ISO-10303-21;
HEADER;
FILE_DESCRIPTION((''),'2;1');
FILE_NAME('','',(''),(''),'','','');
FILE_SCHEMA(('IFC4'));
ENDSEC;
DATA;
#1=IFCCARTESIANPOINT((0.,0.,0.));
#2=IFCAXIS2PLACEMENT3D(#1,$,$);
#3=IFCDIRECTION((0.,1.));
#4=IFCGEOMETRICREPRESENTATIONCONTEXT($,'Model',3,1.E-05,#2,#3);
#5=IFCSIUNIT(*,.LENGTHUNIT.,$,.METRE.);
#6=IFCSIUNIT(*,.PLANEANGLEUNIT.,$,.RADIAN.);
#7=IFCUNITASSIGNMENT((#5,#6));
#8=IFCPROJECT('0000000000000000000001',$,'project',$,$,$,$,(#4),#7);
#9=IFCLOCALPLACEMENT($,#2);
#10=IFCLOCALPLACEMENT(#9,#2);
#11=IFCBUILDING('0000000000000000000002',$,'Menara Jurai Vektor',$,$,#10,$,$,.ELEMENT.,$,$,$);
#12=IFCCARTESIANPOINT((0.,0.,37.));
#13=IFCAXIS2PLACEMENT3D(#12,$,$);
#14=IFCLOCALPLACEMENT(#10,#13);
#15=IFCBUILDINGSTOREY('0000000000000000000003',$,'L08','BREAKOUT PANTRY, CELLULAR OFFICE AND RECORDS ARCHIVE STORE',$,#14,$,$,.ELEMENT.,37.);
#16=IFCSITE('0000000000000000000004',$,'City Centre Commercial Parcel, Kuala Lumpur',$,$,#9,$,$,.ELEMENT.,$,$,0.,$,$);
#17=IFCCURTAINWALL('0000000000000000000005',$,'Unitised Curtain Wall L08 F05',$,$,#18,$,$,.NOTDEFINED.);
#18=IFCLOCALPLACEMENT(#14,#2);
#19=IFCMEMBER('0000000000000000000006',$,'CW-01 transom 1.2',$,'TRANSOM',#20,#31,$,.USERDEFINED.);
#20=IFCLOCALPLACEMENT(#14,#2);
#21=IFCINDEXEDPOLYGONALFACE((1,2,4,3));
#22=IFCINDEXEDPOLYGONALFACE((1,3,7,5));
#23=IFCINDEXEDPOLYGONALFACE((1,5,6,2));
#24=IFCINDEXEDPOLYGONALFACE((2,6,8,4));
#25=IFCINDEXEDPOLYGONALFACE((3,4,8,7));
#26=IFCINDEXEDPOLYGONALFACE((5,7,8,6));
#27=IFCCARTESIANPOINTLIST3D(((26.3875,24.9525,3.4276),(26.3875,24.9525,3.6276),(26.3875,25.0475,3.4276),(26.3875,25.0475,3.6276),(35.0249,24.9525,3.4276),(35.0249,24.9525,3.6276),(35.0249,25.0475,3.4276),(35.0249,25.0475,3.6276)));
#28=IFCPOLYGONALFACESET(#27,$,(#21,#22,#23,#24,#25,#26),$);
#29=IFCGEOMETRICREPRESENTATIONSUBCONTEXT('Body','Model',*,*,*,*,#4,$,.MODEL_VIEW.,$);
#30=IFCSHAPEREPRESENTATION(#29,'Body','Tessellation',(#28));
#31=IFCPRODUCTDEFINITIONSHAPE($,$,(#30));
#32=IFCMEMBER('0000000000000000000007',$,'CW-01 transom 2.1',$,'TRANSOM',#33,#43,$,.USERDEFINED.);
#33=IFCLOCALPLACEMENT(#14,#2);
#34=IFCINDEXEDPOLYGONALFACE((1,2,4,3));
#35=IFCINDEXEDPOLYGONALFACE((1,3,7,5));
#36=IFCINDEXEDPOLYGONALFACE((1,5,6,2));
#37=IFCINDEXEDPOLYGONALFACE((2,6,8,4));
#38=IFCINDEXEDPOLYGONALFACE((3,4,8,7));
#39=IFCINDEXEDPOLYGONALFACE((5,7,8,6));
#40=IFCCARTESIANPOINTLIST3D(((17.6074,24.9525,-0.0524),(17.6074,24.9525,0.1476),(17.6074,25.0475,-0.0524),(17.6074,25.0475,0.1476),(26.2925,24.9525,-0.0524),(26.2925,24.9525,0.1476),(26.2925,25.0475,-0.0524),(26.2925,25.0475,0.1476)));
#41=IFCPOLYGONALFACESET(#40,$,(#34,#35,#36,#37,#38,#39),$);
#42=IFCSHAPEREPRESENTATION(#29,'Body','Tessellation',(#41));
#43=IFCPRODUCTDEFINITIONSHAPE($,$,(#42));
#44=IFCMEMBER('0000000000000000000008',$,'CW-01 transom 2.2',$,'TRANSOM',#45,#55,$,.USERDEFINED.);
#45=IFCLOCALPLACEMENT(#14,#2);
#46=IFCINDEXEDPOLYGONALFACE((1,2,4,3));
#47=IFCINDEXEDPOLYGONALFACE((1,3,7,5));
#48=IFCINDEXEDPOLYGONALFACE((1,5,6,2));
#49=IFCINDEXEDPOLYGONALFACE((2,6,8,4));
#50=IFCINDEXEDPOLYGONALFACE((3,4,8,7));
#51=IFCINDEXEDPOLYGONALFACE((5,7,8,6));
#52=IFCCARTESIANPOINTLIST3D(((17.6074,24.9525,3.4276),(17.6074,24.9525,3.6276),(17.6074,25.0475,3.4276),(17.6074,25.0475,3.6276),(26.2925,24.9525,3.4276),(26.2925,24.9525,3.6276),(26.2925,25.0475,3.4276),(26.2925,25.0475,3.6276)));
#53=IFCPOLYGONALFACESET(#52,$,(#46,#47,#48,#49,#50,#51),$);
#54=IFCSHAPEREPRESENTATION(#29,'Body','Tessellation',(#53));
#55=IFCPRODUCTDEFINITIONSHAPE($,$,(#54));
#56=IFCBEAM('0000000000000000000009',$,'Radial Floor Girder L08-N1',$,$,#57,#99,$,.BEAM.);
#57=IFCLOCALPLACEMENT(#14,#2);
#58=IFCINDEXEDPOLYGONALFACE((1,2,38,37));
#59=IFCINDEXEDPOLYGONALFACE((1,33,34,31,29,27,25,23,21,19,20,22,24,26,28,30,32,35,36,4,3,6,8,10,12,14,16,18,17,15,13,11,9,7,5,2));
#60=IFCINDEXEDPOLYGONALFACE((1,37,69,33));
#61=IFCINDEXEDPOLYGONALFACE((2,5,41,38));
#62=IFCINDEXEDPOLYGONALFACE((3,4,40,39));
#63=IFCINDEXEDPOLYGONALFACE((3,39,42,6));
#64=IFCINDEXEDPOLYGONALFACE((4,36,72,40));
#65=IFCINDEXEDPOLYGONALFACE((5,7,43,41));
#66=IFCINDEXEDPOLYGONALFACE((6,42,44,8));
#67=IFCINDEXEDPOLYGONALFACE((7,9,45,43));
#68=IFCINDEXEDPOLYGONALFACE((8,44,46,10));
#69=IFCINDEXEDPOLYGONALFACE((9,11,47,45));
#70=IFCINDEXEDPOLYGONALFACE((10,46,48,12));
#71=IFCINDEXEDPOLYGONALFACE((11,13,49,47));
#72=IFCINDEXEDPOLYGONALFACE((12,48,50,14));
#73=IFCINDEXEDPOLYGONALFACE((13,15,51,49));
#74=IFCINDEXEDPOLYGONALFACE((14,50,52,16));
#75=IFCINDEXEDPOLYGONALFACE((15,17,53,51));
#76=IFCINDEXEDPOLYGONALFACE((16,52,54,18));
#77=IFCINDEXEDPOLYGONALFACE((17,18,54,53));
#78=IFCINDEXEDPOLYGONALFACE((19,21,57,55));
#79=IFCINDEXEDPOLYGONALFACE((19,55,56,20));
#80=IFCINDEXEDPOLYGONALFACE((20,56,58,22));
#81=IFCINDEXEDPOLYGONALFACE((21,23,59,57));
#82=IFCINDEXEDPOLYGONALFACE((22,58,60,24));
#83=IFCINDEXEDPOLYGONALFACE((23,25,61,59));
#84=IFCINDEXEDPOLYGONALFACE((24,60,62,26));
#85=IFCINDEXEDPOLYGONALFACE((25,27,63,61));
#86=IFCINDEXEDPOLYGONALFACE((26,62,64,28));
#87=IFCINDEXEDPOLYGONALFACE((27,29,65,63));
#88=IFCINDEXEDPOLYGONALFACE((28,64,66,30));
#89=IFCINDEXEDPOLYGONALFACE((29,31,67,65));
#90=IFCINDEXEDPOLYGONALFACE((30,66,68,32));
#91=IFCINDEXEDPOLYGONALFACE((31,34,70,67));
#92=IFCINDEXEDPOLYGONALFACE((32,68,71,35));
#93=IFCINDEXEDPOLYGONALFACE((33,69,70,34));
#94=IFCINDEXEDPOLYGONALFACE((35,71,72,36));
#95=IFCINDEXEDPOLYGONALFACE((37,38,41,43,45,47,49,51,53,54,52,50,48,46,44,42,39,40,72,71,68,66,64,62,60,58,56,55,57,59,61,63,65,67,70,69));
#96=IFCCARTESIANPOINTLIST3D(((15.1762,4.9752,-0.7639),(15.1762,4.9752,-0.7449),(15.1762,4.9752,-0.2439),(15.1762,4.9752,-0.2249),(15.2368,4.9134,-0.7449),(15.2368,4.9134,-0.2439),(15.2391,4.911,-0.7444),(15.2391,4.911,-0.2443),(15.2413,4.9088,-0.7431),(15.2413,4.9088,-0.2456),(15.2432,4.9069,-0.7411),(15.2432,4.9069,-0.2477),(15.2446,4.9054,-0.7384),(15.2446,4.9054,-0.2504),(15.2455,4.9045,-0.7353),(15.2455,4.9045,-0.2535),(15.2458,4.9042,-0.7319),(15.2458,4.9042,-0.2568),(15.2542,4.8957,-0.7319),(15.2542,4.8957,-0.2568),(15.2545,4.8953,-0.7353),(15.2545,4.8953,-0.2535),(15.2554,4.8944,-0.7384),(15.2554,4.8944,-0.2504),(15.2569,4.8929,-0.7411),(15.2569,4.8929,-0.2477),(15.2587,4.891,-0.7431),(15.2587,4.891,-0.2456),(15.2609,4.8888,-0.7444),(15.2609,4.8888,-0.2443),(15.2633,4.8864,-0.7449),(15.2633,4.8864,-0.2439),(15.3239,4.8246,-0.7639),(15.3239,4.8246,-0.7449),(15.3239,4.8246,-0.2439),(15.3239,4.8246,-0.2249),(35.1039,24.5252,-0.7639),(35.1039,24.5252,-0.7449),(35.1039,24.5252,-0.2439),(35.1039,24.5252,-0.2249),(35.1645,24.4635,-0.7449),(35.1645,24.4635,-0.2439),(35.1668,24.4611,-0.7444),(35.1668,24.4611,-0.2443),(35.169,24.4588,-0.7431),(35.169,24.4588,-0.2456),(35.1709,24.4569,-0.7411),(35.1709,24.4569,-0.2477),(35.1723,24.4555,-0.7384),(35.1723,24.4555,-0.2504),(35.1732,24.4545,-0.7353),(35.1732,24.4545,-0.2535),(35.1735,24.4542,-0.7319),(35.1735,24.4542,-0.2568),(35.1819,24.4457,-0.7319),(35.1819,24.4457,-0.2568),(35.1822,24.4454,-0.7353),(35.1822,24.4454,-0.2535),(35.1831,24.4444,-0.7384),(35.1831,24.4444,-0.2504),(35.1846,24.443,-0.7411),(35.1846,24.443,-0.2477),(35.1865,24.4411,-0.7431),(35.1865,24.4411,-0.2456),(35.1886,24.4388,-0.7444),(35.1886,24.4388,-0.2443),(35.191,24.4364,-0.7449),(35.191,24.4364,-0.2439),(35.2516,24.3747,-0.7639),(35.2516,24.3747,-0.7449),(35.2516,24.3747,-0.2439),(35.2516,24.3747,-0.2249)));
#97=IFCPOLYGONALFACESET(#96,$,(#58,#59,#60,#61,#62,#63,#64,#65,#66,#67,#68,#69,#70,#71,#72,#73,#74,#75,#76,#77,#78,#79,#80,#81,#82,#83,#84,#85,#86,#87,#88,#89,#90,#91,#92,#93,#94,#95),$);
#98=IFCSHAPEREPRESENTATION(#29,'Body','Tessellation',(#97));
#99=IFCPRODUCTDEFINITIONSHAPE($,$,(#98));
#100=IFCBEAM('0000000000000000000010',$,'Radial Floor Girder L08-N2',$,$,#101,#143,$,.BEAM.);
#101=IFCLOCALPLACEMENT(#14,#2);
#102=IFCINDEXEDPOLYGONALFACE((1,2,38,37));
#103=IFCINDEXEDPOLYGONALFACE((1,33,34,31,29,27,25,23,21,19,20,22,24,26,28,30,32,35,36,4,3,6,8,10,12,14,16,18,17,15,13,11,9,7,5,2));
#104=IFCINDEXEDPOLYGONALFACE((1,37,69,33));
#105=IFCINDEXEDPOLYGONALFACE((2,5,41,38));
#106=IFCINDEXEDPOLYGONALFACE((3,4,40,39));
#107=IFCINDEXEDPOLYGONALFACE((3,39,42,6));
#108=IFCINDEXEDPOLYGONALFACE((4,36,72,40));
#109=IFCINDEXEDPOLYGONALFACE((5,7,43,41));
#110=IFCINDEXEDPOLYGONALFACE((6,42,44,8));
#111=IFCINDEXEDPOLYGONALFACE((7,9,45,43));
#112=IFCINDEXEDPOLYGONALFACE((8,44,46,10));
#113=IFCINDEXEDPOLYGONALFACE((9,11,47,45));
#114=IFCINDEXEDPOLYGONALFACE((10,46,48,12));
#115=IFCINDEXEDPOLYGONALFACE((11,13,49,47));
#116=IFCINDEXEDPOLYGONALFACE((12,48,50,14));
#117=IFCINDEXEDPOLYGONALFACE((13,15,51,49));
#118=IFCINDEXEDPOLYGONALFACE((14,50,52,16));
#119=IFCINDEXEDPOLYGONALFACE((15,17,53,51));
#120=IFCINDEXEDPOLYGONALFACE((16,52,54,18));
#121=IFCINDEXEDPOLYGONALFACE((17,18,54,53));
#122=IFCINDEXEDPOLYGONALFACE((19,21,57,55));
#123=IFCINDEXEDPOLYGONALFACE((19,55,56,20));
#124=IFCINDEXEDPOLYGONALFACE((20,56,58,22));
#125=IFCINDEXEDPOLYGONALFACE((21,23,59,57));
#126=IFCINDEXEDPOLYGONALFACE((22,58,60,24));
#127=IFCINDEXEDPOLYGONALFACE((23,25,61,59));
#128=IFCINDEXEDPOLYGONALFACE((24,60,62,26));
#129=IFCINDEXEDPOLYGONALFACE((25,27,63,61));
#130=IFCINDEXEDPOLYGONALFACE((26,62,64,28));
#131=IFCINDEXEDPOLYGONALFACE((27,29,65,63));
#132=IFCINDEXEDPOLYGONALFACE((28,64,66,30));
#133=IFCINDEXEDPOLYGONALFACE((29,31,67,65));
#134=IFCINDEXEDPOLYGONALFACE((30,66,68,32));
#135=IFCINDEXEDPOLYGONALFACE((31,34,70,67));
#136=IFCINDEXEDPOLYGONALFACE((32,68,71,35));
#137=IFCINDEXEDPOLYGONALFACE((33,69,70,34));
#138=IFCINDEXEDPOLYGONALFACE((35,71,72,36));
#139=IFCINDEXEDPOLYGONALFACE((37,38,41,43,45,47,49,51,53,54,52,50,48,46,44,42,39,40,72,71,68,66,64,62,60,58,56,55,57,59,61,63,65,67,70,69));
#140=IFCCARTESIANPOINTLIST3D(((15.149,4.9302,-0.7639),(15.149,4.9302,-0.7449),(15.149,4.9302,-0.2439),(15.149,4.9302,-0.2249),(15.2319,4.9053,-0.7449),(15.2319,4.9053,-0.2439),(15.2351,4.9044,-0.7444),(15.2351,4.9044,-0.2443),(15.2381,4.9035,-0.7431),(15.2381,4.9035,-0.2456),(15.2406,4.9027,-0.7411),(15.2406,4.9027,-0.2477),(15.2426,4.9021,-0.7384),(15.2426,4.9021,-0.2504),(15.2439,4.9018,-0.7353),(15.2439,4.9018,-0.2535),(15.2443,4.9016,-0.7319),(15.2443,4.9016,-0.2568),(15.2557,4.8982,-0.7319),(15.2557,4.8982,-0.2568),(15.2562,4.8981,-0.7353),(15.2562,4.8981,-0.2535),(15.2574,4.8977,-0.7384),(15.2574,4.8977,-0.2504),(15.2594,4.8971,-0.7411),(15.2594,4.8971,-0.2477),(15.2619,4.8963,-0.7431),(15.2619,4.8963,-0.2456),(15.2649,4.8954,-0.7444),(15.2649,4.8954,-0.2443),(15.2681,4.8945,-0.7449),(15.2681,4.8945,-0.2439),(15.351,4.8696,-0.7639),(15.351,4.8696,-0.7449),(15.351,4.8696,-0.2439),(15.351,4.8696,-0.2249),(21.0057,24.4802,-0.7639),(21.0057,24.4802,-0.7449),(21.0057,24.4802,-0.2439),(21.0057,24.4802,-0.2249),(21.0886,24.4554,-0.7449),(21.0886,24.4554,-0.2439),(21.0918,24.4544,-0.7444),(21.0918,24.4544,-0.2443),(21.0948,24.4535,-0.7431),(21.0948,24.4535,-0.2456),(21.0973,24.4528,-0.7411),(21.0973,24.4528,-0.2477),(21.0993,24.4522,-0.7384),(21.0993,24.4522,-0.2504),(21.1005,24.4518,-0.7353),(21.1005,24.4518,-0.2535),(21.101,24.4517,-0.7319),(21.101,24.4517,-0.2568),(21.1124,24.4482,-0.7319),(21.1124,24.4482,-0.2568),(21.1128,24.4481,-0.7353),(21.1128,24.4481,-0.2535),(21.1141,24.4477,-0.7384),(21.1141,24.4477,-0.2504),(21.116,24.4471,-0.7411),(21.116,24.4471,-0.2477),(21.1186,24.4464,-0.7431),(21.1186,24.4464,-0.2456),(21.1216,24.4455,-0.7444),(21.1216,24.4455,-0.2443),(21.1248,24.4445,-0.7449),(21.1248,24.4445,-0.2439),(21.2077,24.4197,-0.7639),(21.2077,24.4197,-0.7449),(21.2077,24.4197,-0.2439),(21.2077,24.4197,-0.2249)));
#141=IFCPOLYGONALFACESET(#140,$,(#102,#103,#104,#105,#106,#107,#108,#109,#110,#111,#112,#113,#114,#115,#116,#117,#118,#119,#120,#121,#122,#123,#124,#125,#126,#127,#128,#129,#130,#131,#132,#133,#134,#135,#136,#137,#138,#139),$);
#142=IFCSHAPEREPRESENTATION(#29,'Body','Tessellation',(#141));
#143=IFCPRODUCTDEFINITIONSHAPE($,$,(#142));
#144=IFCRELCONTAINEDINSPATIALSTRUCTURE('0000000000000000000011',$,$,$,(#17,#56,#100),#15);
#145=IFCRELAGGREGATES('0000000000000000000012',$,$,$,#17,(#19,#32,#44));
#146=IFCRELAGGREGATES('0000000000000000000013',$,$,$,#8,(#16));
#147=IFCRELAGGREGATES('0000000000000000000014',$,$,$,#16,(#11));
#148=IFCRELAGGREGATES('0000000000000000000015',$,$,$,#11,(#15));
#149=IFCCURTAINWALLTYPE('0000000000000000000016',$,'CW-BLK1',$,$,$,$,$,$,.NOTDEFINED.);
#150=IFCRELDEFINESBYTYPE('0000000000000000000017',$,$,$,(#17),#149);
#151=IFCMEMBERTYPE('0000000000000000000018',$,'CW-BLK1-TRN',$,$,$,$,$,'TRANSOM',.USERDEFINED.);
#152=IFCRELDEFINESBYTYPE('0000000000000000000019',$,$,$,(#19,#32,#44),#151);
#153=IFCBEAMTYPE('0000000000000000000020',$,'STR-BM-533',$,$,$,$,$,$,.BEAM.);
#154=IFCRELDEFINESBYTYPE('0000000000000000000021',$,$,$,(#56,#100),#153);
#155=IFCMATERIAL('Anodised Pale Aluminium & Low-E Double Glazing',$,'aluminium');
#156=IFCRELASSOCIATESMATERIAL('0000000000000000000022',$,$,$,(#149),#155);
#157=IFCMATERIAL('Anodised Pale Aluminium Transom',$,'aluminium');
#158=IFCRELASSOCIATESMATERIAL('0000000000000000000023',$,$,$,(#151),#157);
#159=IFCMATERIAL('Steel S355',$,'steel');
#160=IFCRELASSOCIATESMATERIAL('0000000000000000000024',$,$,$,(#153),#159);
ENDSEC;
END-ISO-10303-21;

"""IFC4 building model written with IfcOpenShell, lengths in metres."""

from ifc_helpers import new_model, si_unit, direction, frame, origin, origin_2d, place, context, subcontext, project, spatial, rectangle, i_section, extrude, material, material_profile, profile_set, type_object, element, aggregate, save


model = new_model("IFC4")

# Units and contexts
model_context = context("Model", 3, precision=1e-05, world=origin(), true_north=direction((0.0, 1.0)))
body_context = subcontext(model_context, "Body", "Model", "MODEL_VIEW")
ifc_project = project(units=[si_unit("LENGTHUNIT", "METRE"), si_unit("PLANEANGLEUNIT", "RADIAN")], contexts=[model_context])

# Site, building, storey
site_placement = place(None, origin())
site = spatial("IfcSite", under=ifc_project, at=site_placement, Name="City Centre Commercial Parcel, Kuala Lumpur", CompositionType="ELEMENT", RefElevation=0.0)
building_placement = place(site_placement, origin())
building = spatial("IfcBuilding", under=site, at=building_placement, Name="Menara Jurai Vektor", CompositionType="ELEMENT")
storey_placement = place(building_placement, frame((0.0, 0.0, 37.0)))
storey = spatial("IfcBuildingStorey", under=building, at=storey_placement, Name="L08", Description="BREAKOUT PANTRY, CELLULAR OFFICE AND RECORDS ARCHIVE STORE", CompositionType="ELEMENT", Elevation=37.0)

# Curtain wall
ifc_material_1 = material(Name="Anodised Pale Aluminium & Low-E Double Glazing", Category="aluminium")
curtain_wall_type = type_object("IfcCurtainWallType", Name="CW-BLK1", PredefinedType="NOTDEFINED", material=ifc_material_1)
curtain_wall_1_placement = place(storey_placement, origin())
curtain_wall_1 = element("IfcCurtainWall", 1, at=curtain_wall_1_placement, inside=storey, type_object=curtain_wall_type, Name="Unitised Curtain Wall L08 F05", PredefinedType="NOTDEFINED")

# Members
ifc_material_2 = material(Name="Anodised Pale Aluminium Transom", Category="aluminium")
ifc_material_profile_1 = material_profile(ifc_material_2, rectangle(XDim=0.095, YDim=0.2, at=origin_2d()), Name="ALU TRN 95x200")
ifc_profile_set_1 = profile_set([ifc_material_profile_1], Name="Anodised Pale Aluminium Transom")
member_type_1 = type_object("IfcMemberType", Name="CW-BLK1-TRN", ElementType="TRANSOM", PredefinedType="USERDEFINED", material=ifc_profile_set_1)
member_1_placement = place(storey_placement, frame((35.0249, 25.0, 3.5276), z_axis=(-1.0, 0.0, 0.0), x_axis=(0.0, -1.0, 0.0)))
member_1 = element("IfcMember", 2, at=member_1_placement, type_object=member_type_1, Name="CW-01 transom 1.2", ObjectType="TRANSOM", PredefinedType="USERDEFINED", context=body_context, shape_type="SweptSolid", body=[
    extrude(rectangle(XDim=0.095, YDim=0.2, at=origin_2d()), origin(), (0.0, 0.0, 1.0), 8.6375),
])
member_2_placement = place(storey_placement, frame((26.2925, 25.0, 0.0476), z_axis=(-1.0, 0.0, 0.0), x_axis=(0.0, -1.0, 0.0)))
member_2 = element("IfcMember", 3, at=member_2_placement, type_object=member_type_1, Name="CW-01 transom 2.1", ObjectType="TRANSOM", PredefinedType="USERDEFINED", context=body_context, shape_type="SweptSolid", body=[
    extrude(rectangle(XDim=0.095, YDim=0.2, at=origin_2d()), origin(), (0.0, 0.0, 1.0), 8.6851),
])
member_3_placement = place(storey_placement, frame((26.2925, 25.0, 3.5276), z_axis=(-1.0, 0.0, 0.0), x_axis=(0.0, -1.0, 0.0)))
member_3 = element("IfcMember", 4, at=member_3_placement, type_object=member_type_1, Name="CW-01 transom 2.2", ObjectType="TRANSOM", PredefinedType="USERDEFINED", context=body_context, shape_type="SweptSolid", body=[
    extrude(rectangle(XDim=0.095, YDim=0.2, at=origin_2d()), origin(), (0.0, 0.0, 1.0), 8.6851),
])

# Beams
ifc_material_3 = material(Name="Steel S355", Category="steel")
ifc_material_profile_2 = material_profile(ifc_material_3, i_section(OverallWidth=0.2109, OverallDepth=0.5391, WebThickness=0.012, FlangeThickness=0.019, FilletRadius=0.0129, at=origin_2d()), Name="UKB 533x210x109")
ifc_profile_set_2 = profile_set([ifc_material_profile_2], Name="Steel S355")
beam_type_1 = type_object("IfcBeamType", Name="STR-BM-533", PredefinedType="BEAM", material=ifc_profile_set_2)
beam_1_placement = place(storey_placement, frame((35.1777, 24.45, -0.4944), z_axis=(-0.713839, -0.70031, 0.0), x_axis=(0.70031, -0.713839, 0.0)))
element("IfcBeam", 5, at=beam_1_placement, inside=storey, type_object=beam_type_1, Name="Radial Floor Girder L08-N1", PredefinedType="BEAM", context=body_context, shape_type="SweptSolid", body=[
    extrude(i_section(OverallWidth=0.2109, OverallDepth=0.5391, WebThickness=0.012, FlangeThickness=0.019, FilletRadius=0.0129, at=origin_2d()), origin(), (0.0, 0.0, 1.0), 27.9163),
])
beam_2_placement = place(storey_placement, frame((21.1067, 24.45, -0.4944), z_axis=(-0.286974, -0.957938, 0.0), x_axis=(0.957938, -0.286974, 0.0)))
element("IfcBeam", 6, at=beam_2_placement, inside=storey, type_object=beam_type_1, Name="Radial Floor Girder L08-N2", PredefinedType="BEAM", context=body_context, shape_type="SweptSolid", body=[
    extrude(i_section(OverallWidth=0.2109, OverallDepth=0.5391, WebThickness=0.012, FlangeThickness=0.019, FilletRadius=0.0129, at=origin_2d()), origin(), (0.0, 0.0, 1.0), 20.4084),
])

aggregate(curtain_wall_1, [member_1, member_2, member_3])

save(model, "model.ifc")
